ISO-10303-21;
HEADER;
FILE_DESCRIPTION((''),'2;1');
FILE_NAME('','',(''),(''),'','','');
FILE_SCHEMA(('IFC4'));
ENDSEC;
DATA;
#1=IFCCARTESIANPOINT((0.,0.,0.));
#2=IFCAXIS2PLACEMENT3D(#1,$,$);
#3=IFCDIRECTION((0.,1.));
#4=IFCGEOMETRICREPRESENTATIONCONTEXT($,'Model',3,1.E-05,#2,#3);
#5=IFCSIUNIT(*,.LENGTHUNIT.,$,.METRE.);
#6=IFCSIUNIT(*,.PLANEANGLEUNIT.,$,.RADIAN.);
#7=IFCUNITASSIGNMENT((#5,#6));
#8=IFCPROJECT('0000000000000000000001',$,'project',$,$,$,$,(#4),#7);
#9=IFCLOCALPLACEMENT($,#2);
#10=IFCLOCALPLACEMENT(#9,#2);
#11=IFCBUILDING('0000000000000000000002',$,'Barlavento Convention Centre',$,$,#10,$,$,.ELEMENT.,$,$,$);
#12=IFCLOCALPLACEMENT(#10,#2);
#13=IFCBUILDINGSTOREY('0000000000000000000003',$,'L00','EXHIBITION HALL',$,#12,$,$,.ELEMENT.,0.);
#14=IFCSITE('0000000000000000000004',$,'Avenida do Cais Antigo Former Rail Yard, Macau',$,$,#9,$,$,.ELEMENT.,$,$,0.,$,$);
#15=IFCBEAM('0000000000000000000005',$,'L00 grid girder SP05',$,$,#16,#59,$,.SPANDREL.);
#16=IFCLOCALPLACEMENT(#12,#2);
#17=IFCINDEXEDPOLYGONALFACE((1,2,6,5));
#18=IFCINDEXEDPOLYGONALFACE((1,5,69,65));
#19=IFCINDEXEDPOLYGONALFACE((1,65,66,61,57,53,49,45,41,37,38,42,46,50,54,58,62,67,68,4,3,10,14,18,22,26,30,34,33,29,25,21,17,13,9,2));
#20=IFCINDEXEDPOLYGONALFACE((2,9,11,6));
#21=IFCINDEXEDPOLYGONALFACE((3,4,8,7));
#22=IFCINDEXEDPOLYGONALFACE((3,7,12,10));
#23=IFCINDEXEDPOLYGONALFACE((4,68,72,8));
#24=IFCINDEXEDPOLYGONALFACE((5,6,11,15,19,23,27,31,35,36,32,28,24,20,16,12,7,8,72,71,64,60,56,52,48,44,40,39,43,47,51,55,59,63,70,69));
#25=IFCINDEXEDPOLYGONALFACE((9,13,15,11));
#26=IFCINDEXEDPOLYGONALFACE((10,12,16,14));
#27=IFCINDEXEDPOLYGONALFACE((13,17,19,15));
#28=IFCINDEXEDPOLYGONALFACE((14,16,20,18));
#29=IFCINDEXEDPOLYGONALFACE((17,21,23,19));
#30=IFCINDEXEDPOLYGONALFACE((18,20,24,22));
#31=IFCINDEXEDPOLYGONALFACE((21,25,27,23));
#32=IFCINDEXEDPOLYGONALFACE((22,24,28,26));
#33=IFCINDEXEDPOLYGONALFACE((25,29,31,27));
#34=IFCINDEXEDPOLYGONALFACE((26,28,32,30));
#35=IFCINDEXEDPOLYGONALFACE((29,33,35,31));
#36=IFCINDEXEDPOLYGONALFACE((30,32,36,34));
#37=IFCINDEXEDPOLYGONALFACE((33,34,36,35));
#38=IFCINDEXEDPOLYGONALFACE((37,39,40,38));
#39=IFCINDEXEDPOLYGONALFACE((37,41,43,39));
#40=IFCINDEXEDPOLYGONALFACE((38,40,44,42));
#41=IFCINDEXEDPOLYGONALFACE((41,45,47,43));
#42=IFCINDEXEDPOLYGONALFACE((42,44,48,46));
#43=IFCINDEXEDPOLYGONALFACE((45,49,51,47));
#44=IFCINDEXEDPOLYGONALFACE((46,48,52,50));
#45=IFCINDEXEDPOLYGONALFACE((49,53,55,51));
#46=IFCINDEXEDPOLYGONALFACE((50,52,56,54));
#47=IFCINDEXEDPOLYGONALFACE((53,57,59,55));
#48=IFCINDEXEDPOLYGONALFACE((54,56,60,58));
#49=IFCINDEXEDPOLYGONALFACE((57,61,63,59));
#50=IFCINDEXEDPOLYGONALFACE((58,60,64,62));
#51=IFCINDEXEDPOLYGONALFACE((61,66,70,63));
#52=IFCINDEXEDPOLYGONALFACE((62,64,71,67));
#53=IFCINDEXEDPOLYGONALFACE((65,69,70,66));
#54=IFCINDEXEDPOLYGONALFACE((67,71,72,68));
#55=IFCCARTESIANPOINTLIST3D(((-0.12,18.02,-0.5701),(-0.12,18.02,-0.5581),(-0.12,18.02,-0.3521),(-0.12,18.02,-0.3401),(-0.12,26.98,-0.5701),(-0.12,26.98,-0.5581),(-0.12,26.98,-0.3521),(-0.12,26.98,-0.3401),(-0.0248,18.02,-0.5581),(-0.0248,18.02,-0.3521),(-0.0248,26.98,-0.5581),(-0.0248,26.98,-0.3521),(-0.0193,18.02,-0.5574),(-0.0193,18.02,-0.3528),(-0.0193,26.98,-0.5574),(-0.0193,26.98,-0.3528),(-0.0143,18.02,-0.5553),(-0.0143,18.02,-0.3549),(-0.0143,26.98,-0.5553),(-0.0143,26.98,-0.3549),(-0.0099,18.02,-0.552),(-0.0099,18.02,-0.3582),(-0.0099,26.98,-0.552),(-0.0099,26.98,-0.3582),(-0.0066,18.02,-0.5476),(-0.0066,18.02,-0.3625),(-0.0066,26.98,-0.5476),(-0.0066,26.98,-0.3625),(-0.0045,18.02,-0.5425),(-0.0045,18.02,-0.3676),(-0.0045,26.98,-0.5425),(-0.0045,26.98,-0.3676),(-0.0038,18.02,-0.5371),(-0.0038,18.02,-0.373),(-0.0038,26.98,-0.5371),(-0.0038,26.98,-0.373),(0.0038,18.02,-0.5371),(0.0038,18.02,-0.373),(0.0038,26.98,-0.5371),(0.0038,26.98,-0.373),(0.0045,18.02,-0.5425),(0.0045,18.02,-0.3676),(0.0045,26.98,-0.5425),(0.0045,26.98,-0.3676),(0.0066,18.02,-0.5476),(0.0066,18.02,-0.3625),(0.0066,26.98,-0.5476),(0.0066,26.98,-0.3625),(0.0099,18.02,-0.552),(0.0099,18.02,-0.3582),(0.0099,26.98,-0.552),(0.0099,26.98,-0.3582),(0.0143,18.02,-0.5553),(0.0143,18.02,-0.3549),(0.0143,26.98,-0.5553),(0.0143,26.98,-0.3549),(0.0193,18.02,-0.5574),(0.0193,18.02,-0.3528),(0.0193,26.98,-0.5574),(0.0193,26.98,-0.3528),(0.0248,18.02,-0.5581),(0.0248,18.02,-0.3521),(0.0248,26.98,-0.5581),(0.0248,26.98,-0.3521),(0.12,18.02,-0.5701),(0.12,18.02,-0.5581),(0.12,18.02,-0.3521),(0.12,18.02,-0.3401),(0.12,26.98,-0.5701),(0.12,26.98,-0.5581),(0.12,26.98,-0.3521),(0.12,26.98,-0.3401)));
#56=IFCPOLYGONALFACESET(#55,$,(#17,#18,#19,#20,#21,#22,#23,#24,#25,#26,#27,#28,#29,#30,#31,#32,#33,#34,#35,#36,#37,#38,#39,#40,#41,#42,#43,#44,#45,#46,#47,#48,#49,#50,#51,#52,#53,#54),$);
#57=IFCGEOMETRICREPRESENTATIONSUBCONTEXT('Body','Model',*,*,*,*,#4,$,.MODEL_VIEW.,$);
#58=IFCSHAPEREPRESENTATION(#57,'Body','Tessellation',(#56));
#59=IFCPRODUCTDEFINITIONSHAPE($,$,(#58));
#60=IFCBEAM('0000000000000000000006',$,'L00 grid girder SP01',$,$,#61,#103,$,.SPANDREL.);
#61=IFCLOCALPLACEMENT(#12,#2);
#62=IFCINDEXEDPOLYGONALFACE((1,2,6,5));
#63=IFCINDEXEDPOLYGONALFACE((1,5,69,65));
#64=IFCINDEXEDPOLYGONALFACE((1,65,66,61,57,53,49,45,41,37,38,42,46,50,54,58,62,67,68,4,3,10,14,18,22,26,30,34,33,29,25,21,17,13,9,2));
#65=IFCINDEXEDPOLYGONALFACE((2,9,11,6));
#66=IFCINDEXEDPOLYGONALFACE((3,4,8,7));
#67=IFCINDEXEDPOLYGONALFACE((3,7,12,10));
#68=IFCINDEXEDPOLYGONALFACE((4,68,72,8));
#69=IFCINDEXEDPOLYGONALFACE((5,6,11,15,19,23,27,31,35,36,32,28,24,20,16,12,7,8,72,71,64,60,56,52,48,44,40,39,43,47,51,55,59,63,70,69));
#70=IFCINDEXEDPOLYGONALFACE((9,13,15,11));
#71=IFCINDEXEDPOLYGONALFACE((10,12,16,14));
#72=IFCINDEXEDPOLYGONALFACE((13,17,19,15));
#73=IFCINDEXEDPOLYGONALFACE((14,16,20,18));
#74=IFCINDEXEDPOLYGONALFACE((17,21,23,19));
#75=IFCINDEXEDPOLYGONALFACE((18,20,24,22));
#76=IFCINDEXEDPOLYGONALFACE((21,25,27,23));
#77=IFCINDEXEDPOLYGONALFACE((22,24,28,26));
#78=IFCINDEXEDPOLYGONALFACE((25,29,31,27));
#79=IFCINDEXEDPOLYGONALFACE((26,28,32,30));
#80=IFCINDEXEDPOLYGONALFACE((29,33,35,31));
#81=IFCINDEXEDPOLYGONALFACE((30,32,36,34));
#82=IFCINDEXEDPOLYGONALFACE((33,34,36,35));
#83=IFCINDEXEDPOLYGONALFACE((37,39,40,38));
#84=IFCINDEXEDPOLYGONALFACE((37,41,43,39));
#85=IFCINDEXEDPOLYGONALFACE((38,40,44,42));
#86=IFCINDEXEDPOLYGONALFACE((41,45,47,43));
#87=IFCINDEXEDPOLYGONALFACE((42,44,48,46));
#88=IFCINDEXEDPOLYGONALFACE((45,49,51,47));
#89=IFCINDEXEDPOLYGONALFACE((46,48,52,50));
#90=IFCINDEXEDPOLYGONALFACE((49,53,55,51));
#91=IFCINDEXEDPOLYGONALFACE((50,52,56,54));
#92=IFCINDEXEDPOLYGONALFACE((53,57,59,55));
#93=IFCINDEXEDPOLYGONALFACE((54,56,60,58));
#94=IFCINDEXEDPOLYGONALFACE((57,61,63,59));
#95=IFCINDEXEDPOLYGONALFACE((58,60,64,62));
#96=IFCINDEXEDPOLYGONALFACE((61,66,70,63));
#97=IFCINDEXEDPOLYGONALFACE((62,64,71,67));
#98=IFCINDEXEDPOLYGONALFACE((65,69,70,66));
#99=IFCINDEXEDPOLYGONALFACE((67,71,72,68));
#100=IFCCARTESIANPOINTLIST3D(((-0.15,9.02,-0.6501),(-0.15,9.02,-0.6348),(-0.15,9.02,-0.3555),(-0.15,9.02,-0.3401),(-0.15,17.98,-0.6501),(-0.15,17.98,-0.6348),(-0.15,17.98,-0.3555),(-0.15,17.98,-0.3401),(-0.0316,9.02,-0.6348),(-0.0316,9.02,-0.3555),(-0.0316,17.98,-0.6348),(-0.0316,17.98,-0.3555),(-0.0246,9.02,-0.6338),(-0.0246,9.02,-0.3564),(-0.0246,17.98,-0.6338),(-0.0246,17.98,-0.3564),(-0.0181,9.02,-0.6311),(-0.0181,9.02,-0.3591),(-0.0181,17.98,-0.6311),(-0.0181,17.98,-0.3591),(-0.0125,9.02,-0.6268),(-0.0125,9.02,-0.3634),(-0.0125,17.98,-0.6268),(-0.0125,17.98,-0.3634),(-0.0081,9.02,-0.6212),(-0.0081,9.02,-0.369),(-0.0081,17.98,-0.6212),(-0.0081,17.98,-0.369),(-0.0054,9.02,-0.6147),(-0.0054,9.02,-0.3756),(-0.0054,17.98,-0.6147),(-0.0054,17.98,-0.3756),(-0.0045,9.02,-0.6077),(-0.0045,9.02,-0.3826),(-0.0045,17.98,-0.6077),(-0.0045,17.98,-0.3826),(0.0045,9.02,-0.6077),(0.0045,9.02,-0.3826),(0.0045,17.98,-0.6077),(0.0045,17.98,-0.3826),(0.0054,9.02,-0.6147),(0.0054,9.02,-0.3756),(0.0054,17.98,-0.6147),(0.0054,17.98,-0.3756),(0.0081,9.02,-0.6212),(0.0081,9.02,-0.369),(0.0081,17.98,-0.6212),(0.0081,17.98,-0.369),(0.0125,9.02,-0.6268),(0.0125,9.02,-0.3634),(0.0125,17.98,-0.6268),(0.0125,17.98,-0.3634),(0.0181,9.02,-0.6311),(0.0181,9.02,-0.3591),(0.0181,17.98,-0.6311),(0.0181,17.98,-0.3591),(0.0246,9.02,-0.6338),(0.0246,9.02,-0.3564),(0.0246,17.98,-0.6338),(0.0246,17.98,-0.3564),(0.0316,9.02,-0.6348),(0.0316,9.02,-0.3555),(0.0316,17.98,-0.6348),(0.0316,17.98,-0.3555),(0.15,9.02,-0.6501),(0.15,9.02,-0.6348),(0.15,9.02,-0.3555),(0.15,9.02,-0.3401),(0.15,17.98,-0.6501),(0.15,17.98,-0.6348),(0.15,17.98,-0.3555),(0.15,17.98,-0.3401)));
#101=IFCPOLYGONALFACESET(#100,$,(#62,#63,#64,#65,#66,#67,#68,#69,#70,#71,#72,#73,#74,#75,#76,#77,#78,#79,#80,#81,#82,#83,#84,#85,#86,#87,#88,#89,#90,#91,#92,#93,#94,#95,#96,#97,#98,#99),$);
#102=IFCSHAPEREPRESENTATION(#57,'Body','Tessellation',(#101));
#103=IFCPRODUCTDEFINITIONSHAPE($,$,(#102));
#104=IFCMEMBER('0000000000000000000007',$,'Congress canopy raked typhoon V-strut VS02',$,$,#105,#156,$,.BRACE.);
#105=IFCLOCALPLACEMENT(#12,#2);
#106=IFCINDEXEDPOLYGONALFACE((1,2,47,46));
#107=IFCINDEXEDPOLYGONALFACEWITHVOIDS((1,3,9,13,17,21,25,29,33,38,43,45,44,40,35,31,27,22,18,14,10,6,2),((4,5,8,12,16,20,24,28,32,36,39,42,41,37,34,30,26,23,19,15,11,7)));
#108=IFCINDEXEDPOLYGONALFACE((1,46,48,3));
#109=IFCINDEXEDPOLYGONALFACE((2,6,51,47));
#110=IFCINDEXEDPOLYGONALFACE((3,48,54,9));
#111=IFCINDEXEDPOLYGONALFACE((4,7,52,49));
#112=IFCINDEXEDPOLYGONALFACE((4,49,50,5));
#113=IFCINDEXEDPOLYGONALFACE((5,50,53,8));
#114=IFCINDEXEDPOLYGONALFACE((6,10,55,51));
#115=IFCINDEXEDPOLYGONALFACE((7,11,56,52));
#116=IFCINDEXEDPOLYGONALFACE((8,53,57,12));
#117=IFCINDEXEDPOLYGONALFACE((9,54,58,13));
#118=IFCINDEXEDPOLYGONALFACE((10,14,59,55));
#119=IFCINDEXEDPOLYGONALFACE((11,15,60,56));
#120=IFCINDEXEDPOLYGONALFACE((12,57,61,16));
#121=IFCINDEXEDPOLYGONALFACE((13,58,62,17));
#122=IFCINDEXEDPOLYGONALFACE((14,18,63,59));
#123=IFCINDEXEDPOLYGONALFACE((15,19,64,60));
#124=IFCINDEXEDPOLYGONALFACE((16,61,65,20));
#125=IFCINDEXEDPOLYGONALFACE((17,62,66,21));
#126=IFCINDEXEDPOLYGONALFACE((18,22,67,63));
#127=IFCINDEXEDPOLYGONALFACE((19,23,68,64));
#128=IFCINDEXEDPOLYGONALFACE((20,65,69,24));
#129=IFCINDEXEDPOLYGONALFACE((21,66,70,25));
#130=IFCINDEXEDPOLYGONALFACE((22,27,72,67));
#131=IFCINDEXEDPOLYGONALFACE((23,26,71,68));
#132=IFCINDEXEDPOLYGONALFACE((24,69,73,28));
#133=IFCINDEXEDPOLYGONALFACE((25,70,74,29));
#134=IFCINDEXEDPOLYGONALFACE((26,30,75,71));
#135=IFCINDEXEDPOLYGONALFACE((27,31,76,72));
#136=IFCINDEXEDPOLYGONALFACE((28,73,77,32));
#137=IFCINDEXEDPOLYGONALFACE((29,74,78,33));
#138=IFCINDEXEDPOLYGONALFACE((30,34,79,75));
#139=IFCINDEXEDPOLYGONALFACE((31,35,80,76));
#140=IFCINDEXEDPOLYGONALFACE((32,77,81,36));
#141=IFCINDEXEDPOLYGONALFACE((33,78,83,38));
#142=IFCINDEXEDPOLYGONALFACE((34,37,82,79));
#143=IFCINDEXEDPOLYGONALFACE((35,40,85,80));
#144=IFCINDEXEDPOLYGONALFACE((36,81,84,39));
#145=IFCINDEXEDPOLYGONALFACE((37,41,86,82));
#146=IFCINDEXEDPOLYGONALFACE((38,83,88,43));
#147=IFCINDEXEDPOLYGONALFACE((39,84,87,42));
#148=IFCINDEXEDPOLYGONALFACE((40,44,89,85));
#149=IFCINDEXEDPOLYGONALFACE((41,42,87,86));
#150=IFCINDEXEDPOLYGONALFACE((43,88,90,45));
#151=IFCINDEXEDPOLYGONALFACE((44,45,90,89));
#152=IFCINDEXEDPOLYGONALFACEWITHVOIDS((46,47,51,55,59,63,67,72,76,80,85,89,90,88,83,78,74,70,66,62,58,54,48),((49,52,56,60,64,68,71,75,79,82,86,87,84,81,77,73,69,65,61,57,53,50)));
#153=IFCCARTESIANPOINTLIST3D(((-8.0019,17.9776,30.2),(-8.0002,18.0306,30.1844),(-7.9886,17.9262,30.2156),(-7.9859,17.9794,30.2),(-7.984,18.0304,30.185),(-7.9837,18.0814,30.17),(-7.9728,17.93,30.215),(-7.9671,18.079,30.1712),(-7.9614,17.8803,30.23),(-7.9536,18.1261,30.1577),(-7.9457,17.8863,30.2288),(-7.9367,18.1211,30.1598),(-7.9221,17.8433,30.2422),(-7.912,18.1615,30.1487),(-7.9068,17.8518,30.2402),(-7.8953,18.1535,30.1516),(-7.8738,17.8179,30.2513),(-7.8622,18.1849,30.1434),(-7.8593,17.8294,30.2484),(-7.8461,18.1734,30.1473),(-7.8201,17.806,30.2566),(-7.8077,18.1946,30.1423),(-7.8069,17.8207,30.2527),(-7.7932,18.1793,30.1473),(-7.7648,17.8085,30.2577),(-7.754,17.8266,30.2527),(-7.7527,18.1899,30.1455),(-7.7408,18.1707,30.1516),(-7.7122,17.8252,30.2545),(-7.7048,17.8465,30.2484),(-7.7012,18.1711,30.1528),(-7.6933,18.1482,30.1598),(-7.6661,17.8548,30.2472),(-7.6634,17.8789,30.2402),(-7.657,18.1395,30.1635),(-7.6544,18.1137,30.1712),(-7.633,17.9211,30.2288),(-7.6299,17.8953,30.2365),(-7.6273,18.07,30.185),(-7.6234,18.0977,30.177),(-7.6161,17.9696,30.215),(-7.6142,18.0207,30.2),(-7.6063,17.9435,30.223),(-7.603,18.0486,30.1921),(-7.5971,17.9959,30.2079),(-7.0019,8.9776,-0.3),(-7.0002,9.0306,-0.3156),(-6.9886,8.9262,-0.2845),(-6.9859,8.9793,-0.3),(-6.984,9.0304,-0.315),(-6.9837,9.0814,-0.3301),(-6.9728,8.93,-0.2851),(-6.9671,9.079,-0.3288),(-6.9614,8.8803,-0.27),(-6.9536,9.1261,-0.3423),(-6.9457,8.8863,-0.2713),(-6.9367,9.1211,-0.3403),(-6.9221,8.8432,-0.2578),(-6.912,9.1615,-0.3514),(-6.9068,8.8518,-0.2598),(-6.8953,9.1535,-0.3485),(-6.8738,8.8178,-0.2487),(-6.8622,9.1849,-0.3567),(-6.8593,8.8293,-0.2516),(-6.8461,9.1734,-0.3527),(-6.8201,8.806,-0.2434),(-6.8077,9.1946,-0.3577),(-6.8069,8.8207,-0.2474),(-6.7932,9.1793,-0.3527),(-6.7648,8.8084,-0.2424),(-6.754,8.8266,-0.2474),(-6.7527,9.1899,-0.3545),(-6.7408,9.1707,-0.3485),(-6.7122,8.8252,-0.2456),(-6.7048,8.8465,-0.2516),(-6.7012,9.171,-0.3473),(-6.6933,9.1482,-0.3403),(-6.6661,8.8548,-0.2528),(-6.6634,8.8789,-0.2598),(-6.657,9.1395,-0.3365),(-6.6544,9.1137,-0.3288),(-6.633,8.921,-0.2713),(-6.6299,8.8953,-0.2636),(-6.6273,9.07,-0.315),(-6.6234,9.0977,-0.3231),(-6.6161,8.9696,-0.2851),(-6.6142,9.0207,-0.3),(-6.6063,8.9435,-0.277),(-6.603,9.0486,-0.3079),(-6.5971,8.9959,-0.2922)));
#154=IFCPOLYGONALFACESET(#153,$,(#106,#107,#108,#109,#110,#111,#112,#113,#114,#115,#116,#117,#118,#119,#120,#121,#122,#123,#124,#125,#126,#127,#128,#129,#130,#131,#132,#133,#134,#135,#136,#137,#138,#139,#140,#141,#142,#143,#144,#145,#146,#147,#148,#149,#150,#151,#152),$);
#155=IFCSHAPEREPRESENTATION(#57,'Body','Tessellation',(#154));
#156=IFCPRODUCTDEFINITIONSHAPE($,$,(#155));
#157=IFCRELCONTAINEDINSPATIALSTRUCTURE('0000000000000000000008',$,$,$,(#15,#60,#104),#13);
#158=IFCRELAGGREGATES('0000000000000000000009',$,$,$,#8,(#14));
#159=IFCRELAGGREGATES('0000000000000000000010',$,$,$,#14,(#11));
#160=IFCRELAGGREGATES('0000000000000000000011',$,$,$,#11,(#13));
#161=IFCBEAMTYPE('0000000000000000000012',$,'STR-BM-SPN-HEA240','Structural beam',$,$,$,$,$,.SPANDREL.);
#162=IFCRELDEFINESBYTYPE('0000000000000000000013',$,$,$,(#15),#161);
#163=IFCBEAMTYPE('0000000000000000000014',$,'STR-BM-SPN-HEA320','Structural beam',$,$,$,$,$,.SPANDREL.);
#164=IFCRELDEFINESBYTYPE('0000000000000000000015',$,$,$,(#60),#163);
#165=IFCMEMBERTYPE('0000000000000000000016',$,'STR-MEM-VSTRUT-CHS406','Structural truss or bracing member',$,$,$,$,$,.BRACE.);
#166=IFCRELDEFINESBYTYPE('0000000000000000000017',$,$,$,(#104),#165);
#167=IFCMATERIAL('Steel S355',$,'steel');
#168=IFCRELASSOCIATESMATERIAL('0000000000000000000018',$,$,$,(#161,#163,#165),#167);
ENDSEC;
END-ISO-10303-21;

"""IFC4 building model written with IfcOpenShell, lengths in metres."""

from ifc_helpers import new_model, si_unit, direction, frame, origin, origin_2d, place, context, subcontext, project, spatial, hollow_circle, i_section, extrude, material, material_profile, profile_set, type_object, element, save


model = new_model("IFC4")

# Units and contexts
model_context = context("Model", 3, precision=1e-05, world=origin(), true_north=direction((0.0, 1.0)))
body_context = subcontext(model_context, "Body", "Model", "MODEL_VIEW")
ifc_project = project(units=[si_unit("LENGTHUNIT", "METRE"), si_unit("PLANEANGLEUNIT", "RADIAN")], contexts=[model_context])

# Site, building, storey
site_placement = place(None, origin())
site = spatial("IfcSite", under=ifc_project, at=site_placement, Name="Avenida do Cais Antigo Former Rail Yard, Macau", CompositionType="ELEMENT", RefElevation=0.0)
building_placement = place(site_placement, origin())
building = spatial("IfcBuilding", under=site, at=building_placement, Name="Barlavento Convention Centre", CompositionType="ELEMENT")
storey_placement = place(building_placement, origin())
storey = spatial("IfcBuildingStorey", under=building, at=storey_placement, Name="L00", Description="EXHIBITION HALL", CompositionType="ELEMENT", Elevation=0.0)

# Beams
ifc_material_1 = material(Name="Steel S355", Category="steel")
ifc_material_profile_1 = material_profile(ifc_material_1, i_section(OverallWidth=0.24, OverallDepth=0.23, WebThickness=0.0076, FlangeThickness=0.012, FilletRadius=0.021, at=origin_2d()), Name="HEA 240")
ifc_profile_set_1 = profile_set([ifc_material_profile_1], Name="Steel S355")
beam_type_1 = type_object("IfcBeamType", Name="STR-BM-SPN-HEA240", Description="Structural beam", PredefinedType="SPANDREL", material=ifc_profile_set_1)
beam_1_placement = place(storey_placement, frame((0.0, 18.02, -0.4551), z_axis=(0.0, 1.0, 0.0), x_axis=(-1.0, 0.0, 0.0)))
element("IfcBeam", 1, at=beam_1_placement, inside=storey, type_object=beam_type_1, Name="L00 grid girder SP05", PredefinedType="SPANDREL", context=body_context, shape_type="SweptSolid", body=[
    extrude(i_section(OverallWidth=0.24, OverallDepth=0.23, WebThickness=0.0076, FlangeThickness=0.012, FilletRadius=0.021, at=origin_2d()), origin(), (0.0, 0.0, 1.0), 8.96),
])
ifc_material_profile_2 = material_profile(ifc_material_1, i_section(OverallWidth=0.3, OverallDepth=0.3101, WebThickness=0.009, FlangeThickness=0.0154, FilletRadius=0.0271, at=origin_2d()), Name="HEA 320")
ifc_profile_set_2 = profile_set([ifc_material_profile_2], Name="Steel S355")
beam_type_2 = type_object("IfcBeamType", Name="STR-BM-SPN-HEA320", Description="Structural beam", PredefinedType="SPANDREL", material=ifc_profile_set_2)
beam_2_placement = place(storey_placement, frame((0.0, 9.02, -0.4951), z_axis=(0.0, 1.0, 0.0), x_axis=(-1.0, 0.0, 0.0)))
element("IfcBeam", 2, at=beam_2_placement, inside=storey, type_object=beam_type_2, Name="L00 grid girder SP01", PredefinedType="SPANDREL", context=body_context, shape_type="SweptSolid", body=[
    extrude(i_section(OverallWidth=0.3, OverallDepth=0.3101, WebThickness=0.009, FlangeThickness=0.0154, FilletRadius=0.0271, at=origin_2d()), origin(), (0.0, 0.0, 1.0), 8.96),
])

# Member
ifc_material_profile_3 = material_profile(ifc_material_1, hollow_circle(Radius=0.2031, WallThickness=0.0161, at=origin_2d()), Name="CHS 406.4x16.0")
ifc_profile_set_3 = profile_set([ifc_material_profile_3], Name="Steel S355")
member_type_1 = type_object("IfcMemberType", Name="STR-MEM-VSTRUT-CHS406", Description="Structural truss or bracing member", PredefinedType="BRACE", material=ifc_profile_set_3)
member_1_placement = place(storey_placement, frame((-6.8, 9.0, -0.3), z_axis=(-0.031431, 0.282878, 0.958641), x_axis=(-0.993884, -0.110432, 0.0)))
element("IfcMember", 3, at=member_1_placement, inside=storey, type_object=member_type_1, Name="Congress canopy raked typhoon V-strut VS02", PredefinedType="BRACE", context=body_context, shape_type="SweptSolid", body=[
    extrude(hollow_circle(Radius=0.2031, WallThickness=0.0161, at=origin_2d()), origin(), (0.0, 0.0, 1.0), 31.8159),
])

save(model, "model.ifc")
